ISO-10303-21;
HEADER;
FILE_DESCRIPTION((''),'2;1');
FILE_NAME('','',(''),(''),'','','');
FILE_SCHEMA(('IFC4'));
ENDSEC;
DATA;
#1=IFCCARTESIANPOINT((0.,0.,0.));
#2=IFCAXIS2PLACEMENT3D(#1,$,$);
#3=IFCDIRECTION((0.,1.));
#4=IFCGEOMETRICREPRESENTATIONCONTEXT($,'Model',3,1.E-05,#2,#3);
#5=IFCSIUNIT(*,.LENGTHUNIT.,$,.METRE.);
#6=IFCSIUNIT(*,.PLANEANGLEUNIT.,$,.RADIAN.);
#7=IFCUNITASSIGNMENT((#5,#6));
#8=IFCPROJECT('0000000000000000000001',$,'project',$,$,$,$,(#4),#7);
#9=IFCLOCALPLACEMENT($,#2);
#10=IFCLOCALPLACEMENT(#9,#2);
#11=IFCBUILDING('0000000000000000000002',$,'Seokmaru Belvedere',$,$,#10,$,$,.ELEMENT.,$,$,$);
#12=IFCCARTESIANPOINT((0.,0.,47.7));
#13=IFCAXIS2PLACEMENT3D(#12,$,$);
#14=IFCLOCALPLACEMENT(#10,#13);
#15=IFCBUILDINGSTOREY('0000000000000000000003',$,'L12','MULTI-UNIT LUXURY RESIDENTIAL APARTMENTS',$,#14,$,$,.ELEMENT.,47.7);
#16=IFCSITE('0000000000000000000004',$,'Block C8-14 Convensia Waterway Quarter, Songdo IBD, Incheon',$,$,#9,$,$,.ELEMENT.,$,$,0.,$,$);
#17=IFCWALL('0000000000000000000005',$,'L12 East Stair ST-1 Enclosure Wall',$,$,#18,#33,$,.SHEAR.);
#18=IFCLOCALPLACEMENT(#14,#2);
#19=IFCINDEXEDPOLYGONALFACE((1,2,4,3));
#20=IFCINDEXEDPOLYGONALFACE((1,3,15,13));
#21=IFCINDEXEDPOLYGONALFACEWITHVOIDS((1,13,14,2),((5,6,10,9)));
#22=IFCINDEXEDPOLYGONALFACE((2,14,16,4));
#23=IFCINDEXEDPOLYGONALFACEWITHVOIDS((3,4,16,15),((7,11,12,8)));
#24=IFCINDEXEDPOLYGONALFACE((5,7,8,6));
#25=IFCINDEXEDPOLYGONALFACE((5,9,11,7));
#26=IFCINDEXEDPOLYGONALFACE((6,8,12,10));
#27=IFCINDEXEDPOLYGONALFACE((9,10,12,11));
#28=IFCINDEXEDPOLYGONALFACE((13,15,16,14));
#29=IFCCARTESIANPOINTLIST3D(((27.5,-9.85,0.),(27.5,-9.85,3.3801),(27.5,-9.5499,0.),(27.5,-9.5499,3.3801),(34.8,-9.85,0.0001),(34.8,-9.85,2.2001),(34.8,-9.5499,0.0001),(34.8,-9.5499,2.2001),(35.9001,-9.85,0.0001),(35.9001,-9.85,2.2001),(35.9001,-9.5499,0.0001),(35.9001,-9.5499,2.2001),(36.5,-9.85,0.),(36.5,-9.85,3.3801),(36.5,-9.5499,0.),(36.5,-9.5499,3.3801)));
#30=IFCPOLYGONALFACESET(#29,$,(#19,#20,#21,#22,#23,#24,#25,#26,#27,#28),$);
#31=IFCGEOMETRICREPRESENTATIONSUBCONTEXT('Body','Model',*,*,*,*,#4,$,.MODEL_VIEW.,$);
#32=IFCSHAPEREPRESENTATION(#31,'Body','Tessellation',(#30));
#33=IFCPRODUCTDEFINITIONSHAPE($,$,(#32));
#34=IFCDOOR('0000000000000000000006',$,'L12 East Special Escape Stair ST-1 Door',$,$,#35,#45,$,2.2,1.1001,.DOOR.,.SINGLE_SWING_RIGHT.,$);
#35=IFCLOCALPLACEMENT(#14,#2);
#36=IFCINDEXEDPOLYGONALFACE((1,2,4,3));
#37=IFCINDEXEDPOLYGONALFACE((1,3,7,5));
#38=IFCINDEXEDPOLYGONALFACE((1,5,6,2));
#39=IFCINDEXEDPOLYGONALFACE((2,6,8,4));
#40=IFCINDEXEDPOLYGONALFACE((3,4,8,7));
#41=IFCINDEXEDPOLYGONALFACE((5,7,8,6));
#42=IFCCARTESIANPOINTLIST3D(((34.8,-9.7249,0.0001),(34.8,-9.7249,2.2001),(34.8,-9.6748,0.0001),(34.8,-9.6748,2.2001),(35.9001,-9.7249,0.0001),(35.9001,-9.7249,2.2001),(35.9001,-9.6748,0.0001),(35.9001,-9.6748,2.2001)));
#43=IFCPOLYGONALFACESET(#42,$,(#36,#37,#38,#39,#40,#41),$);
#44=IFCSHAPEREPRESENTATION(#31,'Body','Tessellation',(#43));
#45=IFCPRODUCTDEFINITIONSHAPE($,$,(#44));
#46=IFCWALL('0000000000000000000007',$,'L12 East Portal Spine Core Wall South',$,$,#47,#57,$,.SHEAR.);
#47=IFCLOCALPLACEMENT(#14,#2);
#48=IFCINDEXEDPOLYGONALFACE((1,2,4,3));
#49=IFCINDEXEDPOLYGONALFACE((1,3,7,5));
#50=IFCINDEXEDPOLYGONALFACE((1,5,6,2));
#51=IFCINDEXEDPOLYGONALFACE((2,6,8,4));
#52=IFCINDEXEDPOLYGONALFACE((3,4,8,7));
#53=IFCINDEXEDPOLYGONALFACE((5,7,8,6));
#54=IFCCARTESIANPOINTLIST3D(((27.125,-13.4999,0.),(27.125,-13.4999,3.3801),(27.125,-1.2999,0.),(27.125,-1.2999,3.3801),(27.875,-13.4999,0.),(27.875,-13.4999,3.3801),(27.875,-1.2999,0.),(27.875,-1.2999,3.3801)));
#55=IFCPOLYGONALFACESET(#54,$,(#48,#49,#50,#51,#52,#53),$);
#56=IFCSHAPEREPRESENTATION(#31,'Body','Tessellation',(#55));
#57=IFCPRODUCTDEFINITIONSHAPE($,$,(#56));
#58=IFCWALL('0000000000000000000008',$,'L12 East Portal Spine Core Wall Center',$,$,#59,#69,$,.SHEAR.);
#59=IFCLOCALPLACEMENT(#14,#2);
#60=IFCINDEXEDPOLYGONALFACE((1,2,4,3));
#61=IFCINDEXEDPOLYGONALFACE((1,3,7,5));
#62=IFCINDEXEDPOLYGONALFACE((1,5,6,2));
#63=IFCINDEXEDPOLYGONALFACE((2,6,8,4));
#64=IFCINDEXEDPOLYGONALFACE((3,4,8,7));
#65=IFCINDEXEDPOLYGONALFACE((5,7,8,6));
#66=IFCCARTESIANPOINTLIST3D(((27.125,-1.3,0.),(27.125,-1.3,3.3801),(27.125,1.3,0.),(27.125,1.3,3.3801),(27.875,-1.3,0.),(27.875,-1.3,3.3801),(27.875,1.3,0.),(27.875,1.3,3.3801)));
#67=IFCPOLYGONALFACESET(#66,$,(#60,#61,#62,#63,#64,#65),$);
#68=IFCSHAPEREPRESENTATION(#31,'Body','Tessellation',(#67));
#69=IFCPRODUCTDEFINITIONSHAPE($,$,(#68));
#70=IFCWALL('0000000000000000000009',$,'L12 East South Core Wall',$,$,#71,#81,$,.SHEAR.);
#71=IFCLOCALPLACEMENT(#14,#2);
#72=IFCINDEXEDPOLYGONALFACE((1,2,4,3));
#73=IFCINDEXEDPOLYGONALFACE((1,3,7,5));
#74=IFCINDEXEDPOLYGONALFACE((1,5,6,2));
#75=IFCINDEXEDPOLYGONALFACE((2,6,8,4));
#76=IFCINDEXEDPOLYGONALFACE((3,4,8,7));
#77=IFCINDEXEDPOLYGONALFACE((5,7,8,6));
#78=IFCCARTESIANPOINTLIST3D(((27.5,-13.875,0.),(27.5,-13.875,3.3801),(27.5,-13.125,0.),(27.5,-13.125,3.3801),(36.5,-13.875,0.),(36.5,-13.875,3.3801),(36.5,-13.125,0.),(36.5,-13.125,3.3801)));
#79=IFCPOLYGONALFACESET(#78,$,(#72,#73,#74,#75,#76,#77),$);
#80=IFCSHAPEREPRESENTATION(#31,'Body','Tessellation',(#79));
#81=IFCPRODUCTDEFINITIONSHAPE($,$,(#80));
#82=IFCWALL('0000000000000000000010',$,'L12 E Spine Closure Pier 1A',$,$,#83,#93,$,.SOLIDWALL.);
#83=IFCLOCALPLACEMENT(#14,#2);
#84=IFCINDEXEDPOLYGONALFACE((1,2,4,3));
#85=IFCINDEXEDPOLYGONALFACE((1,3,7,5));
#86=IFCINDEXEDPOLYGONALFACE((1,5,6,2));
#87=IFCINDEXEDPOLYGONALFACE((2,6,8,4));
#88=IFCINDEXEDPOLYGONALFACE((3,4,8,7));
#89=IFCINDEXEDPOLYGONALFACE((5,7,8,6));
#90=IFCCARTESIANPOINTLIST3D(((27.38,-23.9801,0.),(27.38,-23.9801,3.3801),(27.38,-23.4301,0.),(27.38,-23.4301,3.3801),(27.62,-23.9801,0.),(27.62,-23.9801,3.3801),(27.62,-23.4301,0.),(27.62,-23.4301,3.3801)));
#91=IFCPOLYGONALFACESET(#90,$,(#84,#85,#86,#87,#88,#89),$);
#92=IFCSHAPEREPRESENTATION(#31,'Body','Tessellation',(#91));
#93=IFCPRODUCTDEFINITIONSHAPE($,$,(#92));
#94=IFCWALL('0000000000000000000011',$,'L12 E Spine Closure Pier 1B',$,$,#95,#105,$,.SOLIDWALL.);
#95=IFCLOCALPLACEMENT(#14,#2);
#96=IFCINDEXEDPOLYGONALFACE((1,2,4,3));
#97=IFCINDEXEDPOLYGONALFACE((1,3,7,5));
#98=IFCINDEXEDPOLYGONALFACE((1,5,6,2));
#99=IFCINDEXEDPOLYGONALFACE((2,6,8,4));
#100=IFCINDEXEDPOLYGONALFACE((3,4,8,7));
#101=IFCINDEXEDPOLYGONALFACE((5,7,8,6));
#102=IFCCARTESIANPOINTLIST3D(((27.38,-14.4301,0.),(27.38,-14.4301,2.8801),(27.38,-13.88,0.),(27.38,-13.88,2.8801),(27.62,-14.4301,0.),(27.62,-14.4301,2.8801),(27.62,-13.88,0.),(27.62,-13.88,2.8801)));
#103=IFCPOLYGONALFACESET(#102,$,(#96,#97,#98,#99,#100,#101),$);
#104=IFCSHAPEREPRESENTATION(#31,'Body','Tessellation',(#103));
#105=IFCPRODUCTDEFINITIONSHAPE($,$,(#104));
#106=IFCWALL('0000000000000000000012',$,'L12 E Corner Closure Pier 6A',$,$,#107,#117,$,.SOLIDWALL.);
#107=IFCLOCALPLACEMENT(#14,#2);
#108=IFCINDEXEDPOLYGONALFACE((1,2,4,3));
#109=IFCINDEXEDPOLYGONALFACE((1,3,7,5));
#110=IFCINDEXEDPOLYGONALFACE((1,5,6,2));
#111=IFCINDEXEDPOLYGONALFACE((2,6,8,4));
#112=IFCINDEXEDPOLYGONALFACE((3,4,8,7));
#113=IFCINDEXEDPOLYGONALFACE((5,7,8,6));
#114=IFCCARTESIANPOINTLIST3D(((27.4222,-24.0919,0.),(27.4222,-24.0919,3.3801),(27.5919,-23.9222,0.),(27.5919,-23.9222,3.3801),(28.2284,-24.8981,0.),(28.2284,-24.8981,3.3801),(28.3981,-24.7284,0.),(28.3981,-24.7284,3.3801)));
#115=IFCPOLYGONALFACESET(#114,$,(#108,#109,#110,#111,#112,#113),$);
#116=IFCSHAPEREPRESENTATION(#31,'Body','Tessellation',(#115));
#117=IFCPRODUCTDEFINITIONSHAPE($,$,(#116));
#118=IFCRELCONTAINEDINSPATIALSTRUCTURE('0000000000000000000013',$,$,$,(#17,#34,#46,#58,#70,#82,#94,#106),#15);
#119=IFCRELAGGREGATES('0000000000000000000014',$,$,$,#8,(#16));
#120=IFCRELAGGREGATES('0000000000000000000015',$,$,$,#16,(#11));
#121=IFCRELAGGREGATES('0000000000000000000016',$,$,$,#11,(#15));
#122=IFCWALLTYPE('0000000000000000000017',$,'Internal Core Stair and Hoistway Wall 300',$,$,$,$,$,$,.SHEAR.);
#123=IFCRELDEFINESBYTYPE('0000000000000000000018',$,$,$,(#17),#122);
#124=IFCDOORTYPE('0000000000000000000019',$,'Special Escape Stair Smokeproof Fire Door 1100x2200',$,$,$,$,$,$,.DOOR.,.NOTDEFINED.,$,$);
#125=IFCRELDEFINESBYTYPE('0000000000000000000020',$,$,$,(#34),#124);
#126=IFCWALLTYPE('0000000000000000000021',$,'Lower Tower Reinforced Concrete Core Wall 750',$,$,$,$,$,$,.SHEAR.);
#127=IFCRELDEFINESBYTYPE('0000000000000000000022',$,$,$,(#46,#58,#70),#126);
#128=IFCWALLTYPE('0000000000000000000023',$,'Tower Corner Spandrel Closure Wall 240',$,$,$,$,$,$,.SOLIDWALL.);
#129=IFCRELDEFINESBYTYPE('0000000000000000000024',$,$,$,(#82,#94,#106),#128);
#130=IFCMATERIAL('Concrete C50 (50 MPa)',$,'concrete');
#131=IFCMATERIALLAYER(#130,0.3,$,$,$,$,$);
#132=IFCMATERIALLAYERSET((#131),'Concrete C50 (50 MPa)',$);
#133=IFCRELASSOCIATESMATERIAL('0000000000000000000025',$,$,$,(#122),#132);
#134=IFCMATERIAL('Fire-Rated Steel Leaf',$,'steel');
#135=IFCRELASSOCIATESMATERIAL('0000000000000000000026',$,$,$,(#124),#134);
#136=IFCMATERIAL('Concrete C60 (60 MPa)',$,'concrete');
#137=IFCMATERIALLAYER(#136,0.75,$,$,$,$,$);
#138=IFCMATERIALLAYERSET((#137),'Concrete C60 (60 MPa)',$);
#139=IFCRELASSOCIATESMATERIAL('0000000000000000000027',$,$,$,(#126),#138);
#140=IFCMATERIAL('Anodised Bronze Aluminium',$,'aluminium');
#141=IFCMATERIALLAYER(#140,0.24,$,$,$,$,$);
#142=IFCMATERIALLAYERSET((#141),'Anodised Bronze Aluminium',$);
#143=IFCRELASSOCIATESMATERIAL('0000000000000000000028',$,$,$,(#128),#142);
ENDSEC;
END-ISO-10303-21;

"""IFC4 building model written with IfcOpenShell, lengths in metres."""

from ifc_helpers import new_model, si_unit, direction, frame, frame_2d, origin, place, context, subcontext, project, spatial, rectangle, extrude, source, transform, mapped, material, layer, layer_set, type_object, type_shapes, element, fill, save


model = new_model("IFC4")

# Units and contexts
model_context = context("Model", 3, precision=1e-05, world=origin(), true_north=direction((0.0, 1.0)))
body_context = subcontext(model_context, "Body", "Model", "MODEL_VIEW")
ifc_project = project(units=[si_unit("LENGTHUNIT", "METRE"), si_unit("PLANEANGLEUNIT", "RADIAN")], contexts=[model_context])

# Site, building, storey
site_placement = place(None, origin())
site = spatial("IfcSite", under=ifc_project, at=site_placement, Name="Block C8-14 Convensia Waterway Quarter, Songdo IBD, Incheon", CompositionType="ELEMENT", RefElevation=0.0)
building_placement = place(site_placement, origin())
building = spatial("IfcBuilding", under=site, at=building_placement, Name="Seokmaru Belvedere", CompositionType="ELEMENT")
storey_placement = place(building_placement, frame((0.0, 0.0, 47.7)))
storey = spatial("IfcBuildingStorey", under=building, at=storey_placement, Name="L12", Description="MULTI-UNIT LUXURY RESIDENTIAL APARTMENTS", CompositionType="ELEMENT", Elevation=47.7)

# Shared definitions
ifc_material_1 = material(Name="Anodised Bronze Aluminium", Category="aluminium")

# Shared definitions
ifc_material_2 = material(Name="Concrete C50 (50 MPa)", Category="concrete")

# Wall, opening, door
ifc_layer_1 = layer(ifc_material_2, 0.3)
ifc_layer_set_1 = layer_set([ifc_layer_1], Name="Concrete C50 (50 MPa)")
wall_type_1 = type_object("IfcWallType", Name="Internal Core Stair and Hoistway Wall 300", PredefinedType="SHEAR", material=ifc_layer_set_1)
wall_1_placement = place(storey_placement, frame((27.5, -9.7, 0.0), z_axis=(0.0, 0.0, 1.0), x_axis=(1.0, 0.0, 0.0)))
wall_1 = element("IfcWall", 1, at=wall_1_placement, inside=storey, type_object=wall_type_1, Name="L12 East Stair ST-1 Enclosure Wall", PredefinedType="SHEAR", context=body_context, shape_type="SweptSolid", body=[
    extrude(rectangle(XDim=9.0, YDim=0.3, at=frame_2d((4.5, 0.0))), origin(), (0.0, 0.0, 1.0), 3.3801),
])
opening_placement = place(wall_1_placement, frame((7.3, 0.0, 0.0)))
opening = element("IfcOpeningElement", 2, at=opening_placement, cuts=wall_1, PredefinedType="OPENING", context=body_context, shape_type="SweptSolid", body=[
    extrude(rectangle(XDim=1.1001, YDim=2.2, at=frame_2d((0.55, 1.1001))), frame((0.0, 0.1602, 0.0), z_axis=(0.0, -1.0, 0.0), x_axis=(1.0, 0.0, 0.0)), (0.0, 0.0, 1.0), 0.3201),
])
ifc_material_3 = material(Name="Fire-Rated Steel Leaf", Category="steel")
door_type = type_object("IfcDoorType", Name="Special Escape Stair Smokeproof Fire Door 1100x2200", OperationType="NOTDEFINED", PredefinedType="DOOR", material=ifc_material_3)
shared_shape_1 = source(origin(), body_context, "Body", "SweptSolid", [
    extrude(rectangle(XDim=1.1001, YDim=2.2, at=frame_2d((0.55, 1.1001))), frame((0.0, 0.0249, 0.0), z_axis=(0.0, -1.0, 0.0), x_axis=(1.0, 0.0, 0.0)), (0.0, 0.0, 1.0), 0.05),
])
type_shapes(door_type, [shared_shape_1])
door_placement = place(opening_placement, frame((1.1001, 0.0, 0.0), z_axis=(0.0, 0.0, 1.0), x_axis=(-1.0, 0.0, 0.0)))
door = element("IfcDoor", 3, at=door_placement, inside=storey, type_object=door_type, Name="L12 East Special Escape Stair ST-1 Door", OperationType="SINGLE_SWING_RIGHT", OverallHeight=2.2, OverallWidth=1.1001, PredefinedType="DOOR", context=body_context, shape_type="MappedRepresentation", body=[
    mapped(shared_shape_1, transform((0.0, 0.0, 0.0), scale=1.0)),
])
fill(opening, door)

# Walls
ifc_material_4 = material(Name="Concrete C60 (60 MPa)", Category="concrete")
ifc_layer_2 = layer(ifc_material_4, 0.75)
ifc_layer_set_2 = layer_set([ifc_layer_2], Name="Concrete C60 (60 MPa)")
wall_type_2 = type_object("IfcWallType", Name="Lower Tower Reinforced Concrete Core Wall 750", PredefinedType="SHEAR", material=ifc_layer_set_2)
wall_2_placement = place(storey_placement, frame((27.5, -13.5, 0.0), z_axis=(0.0, 0.0, 1.0), x_axis=(0.0, 1.0, 0.0)))
element("IfcWall", 4, at=wall_2_placement, inside=storey, type_object=wall_type_2, Name="L12 East Portal Spine Core Wall South", PredefinedType="SHEAR", context=body_context, shape_type="SweptSolid", body=[
    extrude(rectangle(XDim=12.2, YDim=0.75, at=frame_2d((6.1001, 0.0))), origin(), (0.0, 0.0, 1.0), 3.3801),
])
wall_3_placement = place(storey_placement, frame((27.5, -1.3, 0.0), z_axis=(0.0, 0.0, 1.0), x_axis=(0.0, 1.0, 0.0)))
element("IfcWall", 5, at=wall_3_placement, inside=storey, type_object=wall_type_2, Name="L12 East Portal Spine Core Wall Center", PredefinedType="SHEAR", context=body_context, shape_type="SweptSolid", body=[
    extrude(rectangle(XDim=2.6001, YDim=0.75, at=frame_2d((1.3, 0.0))), origin(), (0.0, 0.0, 1.0), 3.3801),
])
wall_4_placement = place(storey_placement, frame((27.5, -13.5, 0.0), z_axis=(0.0, 0.0, 1.0), x_axis=(1.0, 0.0, 0.0)))
element("IfcWall", 6, at=wall_4_placement, inside=storey, type_object=wall_type_2, Name="L12 East South Core Wall", PredefinedType="SHEAR", context=body_context, shape_type="SweptSolid", body=[
    extrude(rectangle(XDim=9.0, YDim=0.75, at=frame_2d((4.5, 0.0))), origin(), (0.0, 0.0, 1.0), 3.3801),
])
ifc_layer_3 = layer(ifc_material_1, 0.24)
ifc_layer_set_3 = layer_set([ifc_layer_3], Name="Anodised Bronze Aluminium")
wall_type_3 = type_object("IfcWallType", Name="Tower Corner Spandrel Closure Wall 240", PredefinedType="SOLIDWALL", material=ifc_layer_set_3)
wall_5_placement = place(storey_placement, frame((27.5, -23.98, 0.0), z_axis=(0.0, 0.0, 1.0), x_axis=(0.0, 1.0, 0.0)))
element("IfcWall", 7, at=wall_5_placement, inside=storey, type_object=wall_type_3, Name="L12 E Spine Closure Pier 1A", PredefinedType="SOLIDWALL", context=body_context, shape_type="SweptSolid", body=[
    extrude(rectangle(XDim=0.55, YDim=0.24, at=frame_2d((0.2749, 0.0))), origin(), (0.0, 0.0, 1.0), 3.3801),
])
wall_6_placement = place(storey_placement, frame((27.5, -14.4299, 0.0), z_axis=(0.0, 0.0, 1.0), x_axis=(0.0, 1.0, 0.0)))
element("IfcWall", 8, at=wall_6_placement, inside=storey, type_object=wall_type_3, Name="L12 E Spine Closure Pier 1B", PredefinedType="SOLIDWALL", context=body_context, shape_type="SweptSolid", body=[
    extrude(rectangle(XDim=0.55, YDim=0.24, at=frame_2d((0.2749, 0.0))), origin(), (0.0, 0.0, 1.0), 2.8801),
])
wall_7_placement = place(storey_placement, frame((27.5071, -24.0071, 0.0), z_axis=(0.0, 0.0, 1.0), x_axis=(0.707107, -0.707107, 0.0)))
element("IfcWall", 9, at=wall_7_placement, inside=storey, type_object=wall_type_3, Name="L12 E Corner Closure Pier 6A", PredefinedType="SOLIDWALL", context=body_context, shape_type="SweptSolid", body=[
    extrude(rectangle(XDim=1.1401, YDim=0.24, at=frame_2d((0.5701, 0.0))), origin(), (0.0, 0.0, 1.0), 3.3801),
])

save(model, "model.ifc")
